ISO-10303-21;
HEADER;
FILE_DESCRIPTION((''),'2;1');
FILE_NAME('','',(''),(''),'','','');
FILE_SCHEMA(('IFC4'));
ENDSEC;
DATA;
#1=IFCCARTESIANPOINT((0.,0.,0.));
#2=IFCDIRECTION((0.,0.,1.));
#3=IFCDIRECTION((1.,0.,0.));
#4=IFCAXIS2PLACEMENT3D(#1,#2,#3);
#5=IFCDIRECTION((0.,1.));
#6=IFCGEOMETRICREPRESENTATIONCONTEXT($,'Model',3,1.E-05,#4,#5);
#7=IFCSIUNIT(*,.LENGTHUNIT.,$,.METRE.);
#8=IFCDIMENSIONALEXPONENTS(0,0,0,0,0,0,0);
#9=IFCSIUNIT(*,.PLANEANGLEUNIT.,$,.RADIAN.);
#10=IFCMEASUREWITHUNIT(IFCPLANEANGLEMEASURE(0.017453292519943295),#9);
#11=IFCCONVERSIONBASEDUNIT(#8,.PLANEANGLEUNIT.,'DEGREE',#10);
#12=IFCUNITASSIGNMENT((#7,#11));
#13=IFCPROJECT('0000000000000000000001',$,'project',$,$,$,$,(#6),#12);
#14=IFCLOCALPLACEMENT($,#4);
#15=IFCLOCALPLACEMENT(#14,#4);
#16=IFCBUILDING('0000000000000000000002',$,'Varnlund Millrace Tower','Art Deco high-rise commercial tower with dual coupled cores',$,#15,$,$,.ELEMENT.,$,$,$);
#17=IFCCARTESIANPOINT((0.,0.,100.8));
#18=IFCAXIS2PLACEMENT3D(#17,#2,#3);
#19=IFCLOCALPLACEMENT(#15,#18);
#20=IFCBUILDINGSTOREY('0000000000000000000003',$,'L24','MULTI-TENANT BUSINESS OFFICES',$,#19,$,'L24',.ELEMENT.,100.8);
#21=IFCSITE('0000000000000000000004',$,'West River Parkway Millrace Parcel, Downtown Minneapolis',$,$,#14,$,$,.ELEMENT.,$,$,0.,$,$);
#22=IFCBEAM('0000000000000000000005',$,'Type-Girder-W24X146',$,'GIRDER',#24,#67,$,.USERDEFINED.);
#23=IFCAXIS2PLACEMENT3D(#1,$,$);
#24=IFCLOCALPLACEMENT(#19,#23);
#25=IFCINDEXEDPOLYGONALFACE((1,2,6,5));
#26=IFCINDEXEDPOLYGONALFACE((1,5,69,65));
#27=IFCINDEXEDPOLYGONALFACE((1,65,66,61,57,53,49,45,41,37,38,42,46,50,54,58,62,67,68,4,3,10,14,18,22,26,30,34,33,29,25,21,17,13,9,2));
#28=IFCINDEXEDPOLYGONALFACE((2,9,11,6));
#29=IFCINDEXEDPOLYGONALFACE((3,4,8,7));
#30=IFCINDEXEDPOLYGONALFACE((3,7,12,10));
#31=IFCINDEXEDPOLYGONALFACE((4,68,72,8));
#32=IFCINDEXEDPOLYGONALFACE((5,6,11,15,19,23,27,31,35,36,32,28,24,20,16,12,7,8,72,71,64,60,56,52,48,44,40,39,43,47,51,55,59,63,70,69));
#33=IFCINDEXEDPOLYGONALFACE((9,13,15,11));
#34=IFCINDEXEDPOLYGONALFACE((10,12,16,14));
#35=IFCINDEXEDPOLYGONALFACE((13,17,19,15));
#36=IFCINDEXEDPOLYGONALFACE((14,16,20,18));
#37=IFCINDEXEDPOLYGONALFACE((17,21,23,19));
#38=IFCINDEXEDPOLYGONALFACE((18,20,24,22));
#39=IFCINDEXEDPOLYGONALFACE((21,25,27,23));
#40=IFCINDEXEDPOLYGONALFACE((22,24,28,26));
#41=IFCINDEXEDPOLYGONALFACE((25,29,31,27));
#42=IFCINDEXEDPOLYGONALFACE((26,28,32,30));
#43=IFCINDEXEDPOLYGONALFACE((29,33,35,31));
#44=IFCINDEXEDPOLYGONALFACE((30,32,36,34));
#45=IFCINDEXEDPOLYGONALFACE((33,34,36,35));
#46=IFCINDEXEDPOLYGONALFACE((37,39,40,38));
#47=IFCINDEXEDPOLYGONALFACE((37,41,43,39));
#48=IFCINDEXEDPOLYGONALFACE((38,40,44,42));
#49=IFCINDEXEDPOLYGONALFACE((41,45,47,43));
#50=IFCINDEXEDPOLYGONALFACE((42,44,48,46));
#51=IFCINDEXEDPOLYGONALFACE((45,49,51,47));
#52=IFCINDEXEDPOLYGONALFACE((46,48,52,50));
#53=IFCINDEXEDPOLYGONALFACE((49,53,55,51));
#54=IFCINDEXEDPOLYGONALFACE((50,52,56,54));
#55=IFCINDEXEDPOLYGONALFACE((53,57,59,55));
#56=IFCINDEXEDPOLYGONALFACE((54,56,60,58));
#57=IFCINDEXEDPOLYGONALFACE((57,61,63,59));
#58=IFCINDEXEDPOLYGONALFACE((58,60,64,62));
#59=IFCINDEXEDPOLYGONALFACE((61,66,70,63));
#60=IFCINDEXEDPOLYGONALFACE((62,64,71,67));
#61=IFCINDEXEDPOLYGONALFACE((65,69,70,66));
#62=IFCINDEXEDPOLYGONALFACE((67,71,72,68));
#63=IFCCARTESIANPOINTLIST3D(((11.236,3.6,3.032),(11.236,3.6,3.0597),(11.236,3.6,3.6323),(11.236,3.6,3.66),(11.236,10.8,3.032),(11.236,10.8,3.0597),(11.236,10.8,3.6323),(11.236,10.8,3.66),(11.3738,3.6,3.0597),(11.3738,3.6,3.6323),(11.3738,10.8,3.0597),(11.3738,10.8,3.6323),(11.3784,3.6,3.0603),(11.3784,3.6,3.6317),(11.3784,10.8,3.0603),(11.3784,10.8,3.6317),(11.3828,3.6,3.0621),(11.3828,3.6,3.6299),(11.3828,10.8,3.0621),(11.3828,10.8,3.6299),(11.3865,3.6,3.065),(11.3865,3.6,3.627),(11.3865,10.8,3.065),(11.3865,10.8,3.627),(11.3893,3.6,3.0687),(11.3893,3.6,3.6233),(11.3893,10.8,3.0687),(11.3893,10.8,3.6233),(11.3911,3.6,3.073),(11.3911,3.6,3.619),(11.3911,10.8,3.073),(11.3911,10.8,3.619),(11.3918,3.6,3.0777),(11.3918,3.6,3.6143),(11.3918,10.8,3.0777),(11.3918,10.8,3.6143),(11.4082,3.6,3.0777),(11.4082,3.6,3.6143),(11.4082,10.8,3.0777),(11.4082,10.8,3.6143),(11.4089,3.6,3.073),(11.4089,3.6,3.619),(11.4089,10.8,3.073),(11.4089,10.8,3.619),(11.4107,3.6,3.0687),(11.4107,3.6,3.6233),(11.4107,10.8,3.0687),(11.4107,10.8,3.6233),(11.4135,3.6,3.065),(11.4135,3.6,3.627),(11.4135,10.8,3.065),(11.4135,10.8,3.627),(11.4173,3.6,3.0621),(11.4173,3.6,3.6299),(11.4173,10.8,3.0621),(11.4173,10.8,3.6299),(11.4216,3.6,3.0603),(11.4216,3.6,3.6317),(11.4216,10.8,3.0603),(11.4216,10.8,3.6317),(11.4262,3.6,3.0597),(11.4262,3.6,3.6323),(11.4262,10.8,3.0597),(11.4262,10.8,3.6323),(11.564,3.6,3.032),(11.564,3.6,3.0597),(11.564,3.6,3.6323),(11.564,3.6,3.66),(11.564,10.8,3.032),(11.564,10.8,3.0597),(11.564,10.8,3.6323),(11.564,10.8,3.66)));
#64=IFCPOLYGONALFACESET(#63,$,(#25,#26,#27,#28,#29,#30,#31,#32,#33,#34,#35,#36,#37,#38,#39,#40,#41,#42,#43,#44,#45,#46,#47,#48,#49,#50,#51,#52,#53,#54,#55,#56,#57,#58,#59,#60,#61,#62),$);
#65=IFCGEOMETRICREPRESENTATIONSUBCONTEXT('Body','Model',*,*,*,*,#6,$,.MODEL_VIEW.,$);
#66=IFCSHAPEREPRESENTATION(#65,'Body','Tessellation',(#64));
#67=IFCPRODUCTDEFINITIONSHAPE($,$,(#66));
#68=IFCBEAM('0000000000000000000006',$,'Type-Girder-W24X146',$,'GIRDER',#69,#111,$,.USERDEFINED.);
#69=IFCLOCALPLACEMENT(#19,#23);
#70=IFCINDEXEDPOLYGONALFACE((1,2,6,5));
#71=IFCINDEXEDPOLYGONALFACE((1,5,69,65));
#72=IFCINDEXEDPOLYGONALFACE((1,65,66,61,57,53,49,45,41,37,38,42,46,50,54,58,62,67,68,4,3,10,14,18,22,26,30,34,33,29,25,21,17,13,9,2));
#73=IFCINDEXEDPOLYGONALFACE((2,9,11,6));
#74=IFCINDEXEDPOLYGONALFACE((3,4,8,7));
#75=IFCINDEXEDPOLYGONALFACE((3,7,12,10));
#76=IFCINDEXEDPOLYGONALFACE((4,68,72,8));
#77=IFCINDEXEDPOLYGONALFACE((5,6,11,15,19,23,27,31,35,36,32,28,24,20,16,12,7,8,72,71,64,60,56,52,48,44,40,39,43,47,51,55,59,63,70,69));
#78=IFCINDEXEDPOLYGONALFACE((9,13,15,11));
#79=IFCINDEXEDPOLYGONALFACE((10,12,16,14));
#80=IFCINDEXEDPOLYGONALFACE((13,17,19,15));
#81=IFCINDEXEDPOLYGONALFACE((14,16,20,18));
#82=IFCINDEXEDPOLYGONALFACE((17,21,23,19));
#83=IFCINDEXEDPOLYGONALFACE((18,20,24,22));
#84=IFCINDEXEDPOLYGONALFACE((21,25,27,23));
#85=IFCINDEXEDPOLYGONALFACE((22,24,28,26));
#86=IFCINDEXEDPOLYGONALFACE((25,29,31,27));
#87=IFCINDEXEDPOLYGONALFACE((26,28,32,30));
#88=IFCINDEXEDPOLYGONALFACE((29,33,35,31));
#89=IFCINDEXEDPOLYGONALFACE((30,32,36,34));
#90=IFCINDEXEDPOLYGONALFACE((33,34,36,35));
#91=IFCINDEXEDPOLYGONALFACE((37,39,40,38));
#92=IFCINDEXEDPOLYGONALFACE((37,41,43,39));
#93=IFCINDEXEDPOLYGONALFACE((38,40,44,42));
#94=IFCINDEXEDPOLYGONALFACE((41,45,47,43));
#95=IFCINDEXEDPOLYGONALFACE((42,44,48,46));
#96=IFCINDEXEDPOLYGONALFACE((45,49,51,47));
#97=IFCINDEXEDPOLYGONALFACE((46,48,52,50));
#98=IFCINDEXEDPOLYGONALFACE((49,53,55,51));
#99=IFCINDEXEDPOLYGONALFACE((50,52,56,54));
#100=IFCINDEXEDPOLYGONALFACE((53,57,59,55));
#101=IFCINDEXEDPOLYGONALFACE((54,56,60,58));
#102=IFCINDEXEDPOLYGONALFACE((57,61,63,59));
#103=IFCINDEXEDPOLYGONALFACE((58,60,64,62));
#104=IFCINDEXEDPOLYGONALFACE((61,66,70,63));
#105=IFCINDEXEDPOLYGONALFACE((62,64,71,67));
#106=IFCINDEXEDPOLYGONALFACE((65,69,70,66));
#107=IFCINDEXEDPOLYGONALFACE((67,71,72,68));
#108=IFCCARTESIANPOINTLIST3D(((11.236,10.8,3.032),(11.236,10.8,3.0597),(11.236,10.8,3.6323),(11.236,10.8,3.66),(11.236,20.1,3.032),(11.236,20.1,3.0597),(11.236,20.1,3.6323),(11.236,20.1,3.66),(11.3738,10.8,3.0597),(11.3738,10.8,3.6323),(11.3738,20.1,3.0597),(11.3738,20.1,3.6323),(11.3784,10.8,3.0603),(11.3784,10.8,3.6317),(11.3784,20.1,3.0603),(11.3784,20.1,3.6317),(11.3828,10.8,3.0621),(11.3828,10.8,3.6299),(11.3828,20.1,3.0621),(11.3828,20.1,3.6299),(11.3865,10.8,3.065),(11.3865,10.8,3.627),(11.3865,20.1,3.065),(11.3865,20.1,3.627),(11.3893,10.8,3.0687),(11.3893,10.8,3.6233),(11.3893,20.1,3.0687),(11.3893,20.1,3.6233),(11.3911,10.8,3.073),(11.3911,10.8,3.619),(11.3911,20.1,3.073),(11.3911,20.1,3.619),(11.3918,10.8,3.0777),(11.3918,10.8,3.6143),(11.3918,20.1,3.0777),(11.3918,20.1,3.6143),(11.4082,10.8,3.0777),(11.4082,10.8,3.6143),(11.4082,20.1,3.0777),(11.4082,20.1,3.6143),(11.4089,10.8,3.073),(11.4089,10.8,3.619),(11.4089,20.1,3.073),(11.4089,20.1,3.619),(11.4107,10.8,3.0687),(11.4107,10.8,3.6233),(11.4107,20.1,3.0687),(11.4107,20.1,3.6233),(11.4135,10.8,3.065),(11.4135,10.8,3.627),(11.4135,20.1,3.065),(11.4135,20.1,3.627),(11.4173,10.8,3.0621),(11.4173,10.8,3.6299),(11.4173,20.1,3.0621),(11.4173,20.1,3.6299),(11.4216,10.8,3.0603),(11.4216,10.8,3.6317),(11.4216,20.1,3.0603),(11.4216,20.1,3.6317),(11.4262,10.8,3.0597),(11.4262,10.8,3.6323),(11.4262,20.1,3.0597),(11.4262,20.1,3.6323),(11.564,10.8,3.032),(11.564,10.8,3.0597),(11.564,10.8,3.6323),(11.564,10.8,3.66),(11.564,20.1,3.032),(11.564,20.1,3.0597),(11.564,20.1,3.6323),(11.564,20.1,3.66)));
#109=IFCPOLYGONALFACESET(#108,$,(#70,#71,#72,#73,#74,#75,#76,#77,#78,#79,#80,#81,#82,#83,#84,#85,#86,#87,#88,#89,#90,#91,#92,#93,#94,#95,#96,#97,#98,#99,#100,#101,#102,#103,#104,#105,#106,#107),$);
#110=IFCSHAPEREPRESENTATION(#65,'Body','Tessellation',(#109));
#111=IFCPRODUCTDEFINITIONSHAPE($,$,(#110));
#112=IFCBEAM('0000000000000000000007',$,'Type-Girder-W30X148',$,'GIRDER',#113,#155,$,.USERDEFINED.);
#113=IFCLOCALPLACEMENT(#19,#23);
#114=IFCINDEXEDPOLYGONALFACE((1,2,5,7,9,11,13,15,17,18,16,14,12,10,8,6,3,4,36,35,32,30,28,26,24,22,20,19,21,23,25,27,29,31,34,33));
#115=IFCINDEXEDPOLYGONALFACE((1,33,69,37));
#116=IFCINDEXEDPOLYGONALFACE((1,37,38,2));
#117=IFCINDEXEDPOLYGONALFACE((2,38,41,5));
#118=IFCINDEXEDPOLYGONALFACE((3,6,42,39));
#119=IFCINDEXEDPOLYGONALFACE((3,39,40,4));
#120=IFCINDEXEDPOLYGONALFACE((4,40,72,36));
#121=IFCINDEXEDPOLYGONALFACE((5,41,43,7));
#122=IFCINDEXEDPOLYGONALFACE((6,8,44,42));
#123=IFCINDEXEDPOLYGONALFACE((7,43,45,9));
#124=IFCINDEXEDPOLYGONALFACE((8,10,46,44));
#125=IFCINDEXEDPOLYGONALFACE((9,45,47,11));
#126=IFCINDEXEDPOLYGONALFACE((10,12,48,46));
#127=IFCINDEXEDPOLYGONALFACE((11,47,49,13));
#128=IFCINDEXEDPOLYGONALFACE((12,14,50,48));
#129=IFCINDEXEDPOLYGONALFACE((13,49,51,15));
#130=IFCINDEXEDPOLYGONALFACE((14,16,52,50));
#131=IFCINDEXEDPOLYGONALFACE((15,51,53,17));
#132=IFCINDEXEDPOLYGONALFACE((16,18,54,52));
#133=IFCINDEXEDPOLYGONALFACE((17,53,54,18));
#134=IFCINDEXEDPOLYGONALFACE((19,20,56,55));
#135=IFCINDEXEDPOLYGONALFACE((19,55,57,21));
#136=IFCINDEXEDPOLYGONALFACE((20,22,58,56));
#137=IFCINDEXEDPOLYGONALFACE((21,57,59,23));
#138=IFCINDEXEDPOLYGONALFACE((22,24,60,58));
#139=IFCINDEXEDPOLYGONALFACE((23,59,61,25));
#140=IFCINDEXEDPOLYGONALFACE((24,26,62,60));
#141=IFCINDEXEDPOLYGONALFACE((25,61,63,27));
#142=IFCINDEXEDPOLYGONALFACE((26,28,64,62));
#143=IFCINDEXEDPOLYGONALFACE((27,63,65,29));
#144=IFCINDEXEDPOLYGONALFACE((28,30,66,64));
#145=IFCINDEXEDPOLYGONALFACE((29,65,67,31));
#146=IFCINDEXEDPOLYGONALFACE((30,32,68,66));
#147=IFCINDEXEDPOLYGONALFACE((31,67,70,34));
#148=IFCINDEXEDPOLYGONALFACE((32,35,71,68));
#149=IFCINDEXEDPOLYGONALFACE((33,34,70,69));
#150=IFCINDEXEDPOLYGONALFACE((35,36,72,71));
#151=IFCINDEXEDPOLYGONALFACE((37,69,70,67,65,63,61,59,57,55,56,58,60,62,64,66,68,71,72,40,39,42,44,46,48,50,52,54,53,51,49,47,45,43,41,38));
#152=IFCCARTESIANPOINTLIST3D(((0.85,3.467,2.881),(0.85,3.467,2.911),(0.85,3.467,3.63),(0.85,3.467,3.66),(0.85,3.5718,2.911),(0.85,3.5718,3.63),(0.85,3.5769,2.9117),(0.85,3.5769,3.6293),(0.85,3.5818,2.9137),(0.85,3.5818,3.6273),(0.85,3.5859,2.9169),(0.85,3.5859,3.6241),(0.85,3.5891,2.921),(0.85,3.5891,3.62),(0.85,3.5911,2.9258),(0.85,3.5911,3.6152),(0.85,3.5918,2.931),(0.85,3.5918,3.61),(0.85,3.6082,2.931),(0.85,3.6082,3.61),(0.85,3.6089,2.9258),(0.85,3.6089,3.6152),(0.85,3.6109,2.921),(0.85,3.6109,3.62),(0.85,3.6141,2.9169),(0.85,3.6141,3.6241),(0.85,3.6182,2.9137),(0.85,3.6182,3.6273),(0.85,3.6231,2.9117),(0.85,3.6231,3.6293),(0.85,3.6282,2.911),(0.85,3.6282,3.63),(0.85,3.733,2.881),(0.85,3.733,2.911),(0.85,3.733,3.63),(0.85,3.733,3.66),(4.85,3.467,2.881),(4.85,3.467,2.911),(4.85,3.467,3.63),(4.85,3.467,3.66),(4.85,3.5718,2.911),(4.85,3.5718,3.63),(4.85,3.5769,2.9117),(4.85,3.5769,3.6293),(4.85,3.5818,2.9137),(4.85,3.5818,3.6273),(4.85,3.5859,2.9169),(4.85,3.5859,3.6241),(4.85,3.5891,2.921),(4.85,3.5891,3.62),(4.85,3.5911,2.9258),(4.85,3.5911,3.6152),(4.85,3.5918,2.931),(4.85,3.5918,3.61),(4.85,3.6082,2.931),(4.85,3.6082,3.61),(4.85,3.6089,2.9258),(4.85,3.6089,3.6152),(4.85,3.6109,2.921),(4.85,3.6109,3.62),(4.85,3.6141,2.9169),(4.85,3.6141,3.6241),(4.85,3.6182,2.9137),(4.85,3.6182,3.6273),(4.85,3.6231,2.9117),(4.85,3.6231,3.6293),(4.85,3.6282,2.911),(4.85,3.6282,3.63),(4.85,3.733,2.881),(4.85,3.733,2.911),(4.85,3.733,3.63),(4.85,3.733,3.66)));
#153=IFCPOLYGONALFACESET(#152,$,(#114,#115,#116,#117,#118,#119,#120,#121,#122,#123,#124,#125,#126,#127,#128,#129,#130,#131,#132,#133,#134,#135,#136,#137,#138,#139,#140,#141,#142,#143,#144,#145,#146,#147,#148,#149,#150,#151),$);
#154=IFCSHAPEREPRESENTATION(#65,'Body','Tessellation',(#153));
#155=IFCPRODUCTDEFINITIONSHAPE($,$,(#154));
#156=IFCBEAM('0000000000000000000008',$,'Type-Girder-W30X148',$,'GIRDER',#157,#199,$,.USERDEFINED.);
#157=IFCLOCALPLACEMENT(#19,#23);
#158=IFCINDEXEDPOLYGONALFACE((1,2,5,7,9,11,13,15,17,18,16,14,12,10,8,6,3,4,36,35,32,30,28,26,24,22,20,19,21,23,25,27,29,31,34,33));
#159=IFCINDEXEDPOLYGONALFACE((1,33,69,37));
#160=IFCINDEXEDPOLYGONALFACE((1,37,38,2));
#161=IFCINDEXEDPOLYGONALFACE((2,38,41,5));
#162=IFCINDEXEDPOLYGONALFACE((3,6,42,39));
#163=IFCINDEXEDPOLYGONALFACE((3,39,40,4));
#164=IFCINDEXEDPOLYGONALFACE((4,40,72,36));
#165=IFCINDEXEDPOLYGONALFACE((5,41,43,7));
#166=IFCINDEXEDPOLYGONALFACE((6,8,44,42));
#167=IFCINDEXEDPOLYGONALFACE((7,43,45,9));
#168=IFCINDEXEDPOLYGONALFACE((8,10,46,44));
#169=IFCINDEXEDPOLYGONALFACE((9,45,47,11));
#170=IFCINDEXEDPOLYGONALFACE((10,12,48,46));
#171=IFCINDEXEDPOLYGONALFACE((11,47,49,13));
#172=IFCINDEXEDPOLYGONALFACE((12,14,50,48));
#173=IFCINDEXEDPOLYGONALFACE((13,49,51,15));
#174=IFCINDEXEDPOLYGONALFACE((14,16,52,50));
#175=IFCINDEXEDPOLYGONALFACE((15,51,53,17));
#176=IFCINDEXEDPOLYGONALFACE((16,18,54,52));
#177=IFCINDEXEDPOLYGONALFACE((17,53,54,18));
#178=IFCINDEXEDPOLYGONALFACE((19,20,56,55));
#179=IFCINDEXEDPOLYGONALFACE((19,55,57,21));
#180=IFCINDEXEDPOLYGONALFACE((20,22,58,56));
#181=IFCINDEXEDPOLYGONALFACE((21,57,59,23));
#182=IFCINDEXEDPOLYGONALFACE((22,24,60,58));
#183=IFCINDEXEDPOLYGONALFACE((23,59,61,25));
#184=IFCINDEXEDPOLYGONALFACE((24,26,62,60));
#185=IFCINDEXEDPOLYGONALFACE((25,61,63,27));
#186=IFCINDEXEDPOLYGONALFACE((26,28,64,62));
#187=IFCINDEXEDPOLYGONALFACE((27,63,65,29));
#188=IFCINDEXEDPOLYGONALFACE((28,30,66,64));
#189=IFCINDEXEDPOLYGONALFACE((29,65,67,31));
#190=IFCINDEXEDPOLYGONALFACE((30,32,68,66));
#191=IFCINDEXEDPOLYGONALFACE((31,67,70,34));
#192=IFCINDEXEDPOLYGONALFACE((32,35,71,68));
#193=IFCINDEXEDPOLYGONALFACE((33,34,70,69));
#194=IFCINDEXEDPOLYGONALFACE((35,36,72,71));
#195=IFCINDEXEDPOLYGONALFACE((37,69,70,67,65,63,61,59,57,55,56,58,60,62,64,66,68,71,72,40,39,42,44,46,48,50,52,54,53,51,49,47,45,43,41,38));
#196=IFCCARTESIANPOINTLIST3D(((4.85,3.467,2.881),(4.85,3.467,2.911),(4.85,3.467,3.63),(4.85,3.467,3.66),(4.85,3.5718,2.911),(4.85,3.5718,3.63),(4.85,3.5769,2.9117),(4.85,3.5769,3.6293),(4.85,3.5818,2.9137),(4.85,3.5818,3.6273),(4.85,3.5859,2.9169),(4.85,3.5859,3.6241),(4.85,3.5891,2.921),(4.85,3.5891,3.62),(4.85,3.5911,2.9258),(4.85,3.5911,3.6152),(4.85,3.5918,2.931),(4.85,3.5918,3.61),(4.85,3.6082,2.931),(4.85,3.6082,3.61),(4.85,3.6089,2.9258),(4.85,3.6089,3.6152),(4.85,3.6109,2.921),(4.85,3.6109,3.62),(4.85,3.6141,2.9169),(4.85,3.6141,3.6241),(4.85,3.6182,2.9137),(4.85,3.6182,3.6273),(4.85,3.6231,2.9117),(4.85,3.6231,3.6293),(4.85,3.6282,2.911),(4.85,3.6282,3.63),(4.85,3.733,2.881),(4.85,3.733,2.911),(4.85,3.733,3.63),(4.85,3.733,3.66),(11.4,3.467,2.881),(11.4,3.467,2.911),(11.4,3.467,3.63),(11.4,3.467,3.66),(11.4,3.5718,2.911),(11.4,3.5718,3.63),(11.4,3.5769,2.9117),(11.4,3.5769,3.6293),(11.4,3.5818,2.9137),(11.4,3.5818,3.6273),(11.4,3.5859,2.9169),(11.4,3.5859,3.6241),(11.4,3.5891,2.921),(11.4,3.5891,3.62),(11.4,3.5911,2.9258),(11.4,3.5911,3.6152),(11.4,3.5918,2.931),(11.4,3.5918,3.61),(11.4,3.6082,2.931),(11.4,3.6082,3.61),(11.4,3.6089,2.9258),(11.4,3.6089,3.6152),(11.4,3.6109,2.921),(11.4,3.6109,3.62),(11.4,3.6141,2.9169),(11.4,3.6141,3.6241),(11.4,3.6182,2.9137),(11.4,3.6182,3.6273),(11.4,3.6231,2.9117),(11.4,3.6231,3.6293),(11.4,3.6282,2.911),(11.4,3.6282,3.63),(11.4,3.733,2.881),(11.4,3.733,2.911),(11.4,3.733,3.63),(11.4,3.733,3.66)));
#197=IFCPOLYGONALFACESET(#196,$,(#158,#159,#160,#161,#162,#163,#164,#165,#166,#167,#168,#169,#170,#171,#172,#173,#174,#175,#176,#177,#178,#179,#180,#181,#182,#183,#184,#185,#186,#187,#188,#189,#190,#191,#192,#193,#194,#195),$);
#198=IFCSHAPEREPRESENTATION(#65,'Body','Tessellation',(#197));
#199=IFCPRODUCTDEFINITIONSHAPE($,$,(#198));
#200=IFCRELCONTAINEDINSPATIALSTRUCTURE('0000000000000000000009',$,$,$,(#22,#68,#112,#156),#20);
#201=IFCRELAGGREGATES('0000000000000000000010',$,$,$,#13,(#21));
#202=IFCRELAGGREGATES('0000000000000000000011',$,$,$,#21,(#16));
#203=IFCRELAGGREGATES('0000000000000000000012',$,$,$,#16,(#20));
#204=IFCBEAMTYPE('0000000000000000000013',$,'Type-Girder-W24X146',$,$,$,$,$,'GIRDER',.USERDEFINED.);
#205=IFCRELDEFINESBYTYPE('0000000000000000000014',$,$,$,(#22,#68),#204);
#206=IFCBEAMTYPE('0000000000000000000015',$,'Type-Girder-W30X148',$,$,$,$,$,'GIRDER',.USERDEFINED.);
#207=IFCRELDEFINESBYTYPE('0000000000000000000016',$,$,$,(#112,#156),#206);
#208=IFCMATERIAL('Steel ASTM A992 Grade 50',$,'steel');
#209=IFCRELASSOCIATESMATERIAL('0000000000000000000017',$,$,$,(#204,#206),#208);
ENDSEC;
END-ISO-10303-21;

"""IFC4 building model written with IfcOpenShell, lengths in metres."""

from ifc_helpers import new_model, entity, si_unit, converted_unit, direction, frame, origin_with_axes, origin_2d_with_axis, place, context, subcontext, project, spatial, i_section, extrude, material, material_profile, profile_set, type_object, element, save


model = new_model("IFC4")

# Units and contexts
model_context = context("Model", 3, precision=1e-05, world=origin_with_axes(), true_north=direction((0.0, 1.0)))
body_context = subcontext(model_context, "Body", "Model", "MODEL_VIEW")
ifc_project = project(units=[si_unit("LENGTHUNIT", "METRE"), converted_unit("PLANEANGLEUNIT", "DEGREE", entity("IfcPlaneAngleMeasure", 0.017453292519943295), si_unit("PLANEANGLEUNIT", "RADIAN"), dimensions=[0, 0, 0, 0, 0, 0, 0])], contexts=[model_context])

# Site, building, storey
site_placement = place(None, origin_with_axes())
site = spatial("IfcSite", under=ifc_project, at=site_placement, Name="West River Parkway Millrace Parcel, Downtown Minneapolis", CompositionType="ELEMENT", RefElevation=0.0)
building_placement = place(site_placement, origin_with_axes())
building = spatial("IfcBuilding", under=site, at=building_placement, Name="Varnlund Millrace Tower", Description="Art Deco high-rise commercial tower with dual coupled cores", CompositionType="ELEMENT")
storey_placement = place(building_placement, frame((0.0, 0.0, 100.8), z_axis=(0.0, 0.0, 1.0), x_axis=(1.0, 0.0, 0.0)))
storey = spatial("IfcBuildingStorey", under=building, at=storey_placement, Name="L24", Description="MULTI-TENANT BUSINESS OFFICES", LongName="L24", CompositionType="ELEMENT", Elevation=100.8)

# Beams
ifc_material_1 = material(Name="Steel ASTM A992 Grade 50", Category="steel")
ifc_material_profile_1 = material_profile(ifc_material_1, i_section(OverallWidth=0.328, OverallDepth=0.628, WebThickness=0.0165, FlangeThickness=0.0277, FilletRadius=0.018, at=origin_2d_with_axis()), Name="Steel ASTM A992 Grade 50")
ifc_profile_set_1 = profile_set([ifc_material_profile_1], Name="Steel ASTM A992 Grade 50")
beam_type_1 = type_object("IfcBeamType", Name="Type-Girder-W24X146", ElementType="GIRDER", PredefinedType="USERDEFINED", material=ifc_profile_set_1)
beam_1_placement = place(storey_placement, frame((11.4, 3.6, 3.346), z_axis=(0.0, 1.0, 0.0), x_axis=(-1.0, 0.0, 0.0)))
element("IfcBeam", 1, at=beam_1_placement, inside=storey, type_object=beam_type_1, Name="Type-Girder-W24X146", ObjectType="GIRDER", PredefinedType="USERDEFINED", context=body_context, shape_type="SweptSolid", body=[
    extrude(i_section(OverallWidth=0.328, OverallDepth=0.628, WebThickness=0.0165, FlangeThickness=0.0277, FilletRadius=0.018, at=origin_2d_with_axis()), origin_with_axes(), (0.0, 0.0, 1.0), 7.2),
])
beam_2_placement = place(storey_placement, frame((11.4, 10.8, 3.346), z_axis=(0.0, 1.0, 0.0), x_axis=(-1.0, 0.0, 0.0)))
element("IfcBeam", 2, at=beam_2_placement, inside=storey, type_object=beam_type_1, Name="Type-Girder-W24X146", ObjectType="GIRDER", PredefinedType="USERDEFINED", context=body_context, shape_type="SweptSolid", body=[
    extrude(i_section(OverallWidth=0.328, OverallDepth=0.628, WebThickness=0.0165, FlangeThickness=0.0277, FilletRadius=0.018, at=origin_2d_with_axis()), origin_with_axes(), (0.0, 0.0, 1.0), 9.3),
])
ifc_material_profile_2 = material_profile(ifc_material_1, i_section(OverallWidth=0.266, OverallDepth=0.779, WebThickness=0.0165, FlangeThickness=0.03, FilletRadius=0.02, at=origin_2d_with_axis()), Name="Steel ASTM A992 Grade 50")
ifc_profile_set_2 = profile_set([ifc_material_profile_2], Name="Steel ASTM A992 Grade 50")
beam_type_2 = type_object("IfcBeamType", Name="Type-Girder-W30X148", ElementType="GIRDER", PredefinedType="USERDEFINED", material=ifc_profile_set_2)
beam_3_placement = place(storey_placement, frame((0.85, 3.6, 3.2705), z_axis=(1.0, 0.0, 0.0), x_axis=(0.0, 1.0, 0.0)))
element("IfcBeam", 3, at=beam_3_placement, inside=storey, type_object=beam_type_2, Name="Type-Girder-W30X148", ObjectType="GIRDER", PredefinedType="USERDEFINED", context=body_context, shape_type="SweptSolid", body=[
    extrude(i_section(OverallWidth=0.266, OverallDepth=0.779, WebThickness=0.0165, FlangeThickness=0.03, FilletRadius=0.02, at=origin_2d_with_axis()), origin_with_axes(), (0.0, 0.0, 1.0), 4.0),
])
beam_4_placement = place(storey_placement, frame((4.85, 3.6, 3.2705), z_axis=(1.0, 0.0, 0.0), x_axis=(0.0, 1.0, 0.0)))
element("IfcBeam", 4, at=beam_4_placement, inside=storey, type_object=beam_type_2, Name="Type-Girder-W30X148", ObjectType="GIRDER", PredefinedType="USERDEFINED", context=body_context, shape_type="SweptSolid", body=[
    extrude(i_section(OverallWidth=0.266, OverallDepth=0.779, WebThickness=0.0165, FlangeThickness=0.03, FilletRadius=0.02, at=origin_2d_with_axis()), origin_with_axes(), (0.0, 0.0, 1.0), 6.55),
])

save(model, "model.ifc")
